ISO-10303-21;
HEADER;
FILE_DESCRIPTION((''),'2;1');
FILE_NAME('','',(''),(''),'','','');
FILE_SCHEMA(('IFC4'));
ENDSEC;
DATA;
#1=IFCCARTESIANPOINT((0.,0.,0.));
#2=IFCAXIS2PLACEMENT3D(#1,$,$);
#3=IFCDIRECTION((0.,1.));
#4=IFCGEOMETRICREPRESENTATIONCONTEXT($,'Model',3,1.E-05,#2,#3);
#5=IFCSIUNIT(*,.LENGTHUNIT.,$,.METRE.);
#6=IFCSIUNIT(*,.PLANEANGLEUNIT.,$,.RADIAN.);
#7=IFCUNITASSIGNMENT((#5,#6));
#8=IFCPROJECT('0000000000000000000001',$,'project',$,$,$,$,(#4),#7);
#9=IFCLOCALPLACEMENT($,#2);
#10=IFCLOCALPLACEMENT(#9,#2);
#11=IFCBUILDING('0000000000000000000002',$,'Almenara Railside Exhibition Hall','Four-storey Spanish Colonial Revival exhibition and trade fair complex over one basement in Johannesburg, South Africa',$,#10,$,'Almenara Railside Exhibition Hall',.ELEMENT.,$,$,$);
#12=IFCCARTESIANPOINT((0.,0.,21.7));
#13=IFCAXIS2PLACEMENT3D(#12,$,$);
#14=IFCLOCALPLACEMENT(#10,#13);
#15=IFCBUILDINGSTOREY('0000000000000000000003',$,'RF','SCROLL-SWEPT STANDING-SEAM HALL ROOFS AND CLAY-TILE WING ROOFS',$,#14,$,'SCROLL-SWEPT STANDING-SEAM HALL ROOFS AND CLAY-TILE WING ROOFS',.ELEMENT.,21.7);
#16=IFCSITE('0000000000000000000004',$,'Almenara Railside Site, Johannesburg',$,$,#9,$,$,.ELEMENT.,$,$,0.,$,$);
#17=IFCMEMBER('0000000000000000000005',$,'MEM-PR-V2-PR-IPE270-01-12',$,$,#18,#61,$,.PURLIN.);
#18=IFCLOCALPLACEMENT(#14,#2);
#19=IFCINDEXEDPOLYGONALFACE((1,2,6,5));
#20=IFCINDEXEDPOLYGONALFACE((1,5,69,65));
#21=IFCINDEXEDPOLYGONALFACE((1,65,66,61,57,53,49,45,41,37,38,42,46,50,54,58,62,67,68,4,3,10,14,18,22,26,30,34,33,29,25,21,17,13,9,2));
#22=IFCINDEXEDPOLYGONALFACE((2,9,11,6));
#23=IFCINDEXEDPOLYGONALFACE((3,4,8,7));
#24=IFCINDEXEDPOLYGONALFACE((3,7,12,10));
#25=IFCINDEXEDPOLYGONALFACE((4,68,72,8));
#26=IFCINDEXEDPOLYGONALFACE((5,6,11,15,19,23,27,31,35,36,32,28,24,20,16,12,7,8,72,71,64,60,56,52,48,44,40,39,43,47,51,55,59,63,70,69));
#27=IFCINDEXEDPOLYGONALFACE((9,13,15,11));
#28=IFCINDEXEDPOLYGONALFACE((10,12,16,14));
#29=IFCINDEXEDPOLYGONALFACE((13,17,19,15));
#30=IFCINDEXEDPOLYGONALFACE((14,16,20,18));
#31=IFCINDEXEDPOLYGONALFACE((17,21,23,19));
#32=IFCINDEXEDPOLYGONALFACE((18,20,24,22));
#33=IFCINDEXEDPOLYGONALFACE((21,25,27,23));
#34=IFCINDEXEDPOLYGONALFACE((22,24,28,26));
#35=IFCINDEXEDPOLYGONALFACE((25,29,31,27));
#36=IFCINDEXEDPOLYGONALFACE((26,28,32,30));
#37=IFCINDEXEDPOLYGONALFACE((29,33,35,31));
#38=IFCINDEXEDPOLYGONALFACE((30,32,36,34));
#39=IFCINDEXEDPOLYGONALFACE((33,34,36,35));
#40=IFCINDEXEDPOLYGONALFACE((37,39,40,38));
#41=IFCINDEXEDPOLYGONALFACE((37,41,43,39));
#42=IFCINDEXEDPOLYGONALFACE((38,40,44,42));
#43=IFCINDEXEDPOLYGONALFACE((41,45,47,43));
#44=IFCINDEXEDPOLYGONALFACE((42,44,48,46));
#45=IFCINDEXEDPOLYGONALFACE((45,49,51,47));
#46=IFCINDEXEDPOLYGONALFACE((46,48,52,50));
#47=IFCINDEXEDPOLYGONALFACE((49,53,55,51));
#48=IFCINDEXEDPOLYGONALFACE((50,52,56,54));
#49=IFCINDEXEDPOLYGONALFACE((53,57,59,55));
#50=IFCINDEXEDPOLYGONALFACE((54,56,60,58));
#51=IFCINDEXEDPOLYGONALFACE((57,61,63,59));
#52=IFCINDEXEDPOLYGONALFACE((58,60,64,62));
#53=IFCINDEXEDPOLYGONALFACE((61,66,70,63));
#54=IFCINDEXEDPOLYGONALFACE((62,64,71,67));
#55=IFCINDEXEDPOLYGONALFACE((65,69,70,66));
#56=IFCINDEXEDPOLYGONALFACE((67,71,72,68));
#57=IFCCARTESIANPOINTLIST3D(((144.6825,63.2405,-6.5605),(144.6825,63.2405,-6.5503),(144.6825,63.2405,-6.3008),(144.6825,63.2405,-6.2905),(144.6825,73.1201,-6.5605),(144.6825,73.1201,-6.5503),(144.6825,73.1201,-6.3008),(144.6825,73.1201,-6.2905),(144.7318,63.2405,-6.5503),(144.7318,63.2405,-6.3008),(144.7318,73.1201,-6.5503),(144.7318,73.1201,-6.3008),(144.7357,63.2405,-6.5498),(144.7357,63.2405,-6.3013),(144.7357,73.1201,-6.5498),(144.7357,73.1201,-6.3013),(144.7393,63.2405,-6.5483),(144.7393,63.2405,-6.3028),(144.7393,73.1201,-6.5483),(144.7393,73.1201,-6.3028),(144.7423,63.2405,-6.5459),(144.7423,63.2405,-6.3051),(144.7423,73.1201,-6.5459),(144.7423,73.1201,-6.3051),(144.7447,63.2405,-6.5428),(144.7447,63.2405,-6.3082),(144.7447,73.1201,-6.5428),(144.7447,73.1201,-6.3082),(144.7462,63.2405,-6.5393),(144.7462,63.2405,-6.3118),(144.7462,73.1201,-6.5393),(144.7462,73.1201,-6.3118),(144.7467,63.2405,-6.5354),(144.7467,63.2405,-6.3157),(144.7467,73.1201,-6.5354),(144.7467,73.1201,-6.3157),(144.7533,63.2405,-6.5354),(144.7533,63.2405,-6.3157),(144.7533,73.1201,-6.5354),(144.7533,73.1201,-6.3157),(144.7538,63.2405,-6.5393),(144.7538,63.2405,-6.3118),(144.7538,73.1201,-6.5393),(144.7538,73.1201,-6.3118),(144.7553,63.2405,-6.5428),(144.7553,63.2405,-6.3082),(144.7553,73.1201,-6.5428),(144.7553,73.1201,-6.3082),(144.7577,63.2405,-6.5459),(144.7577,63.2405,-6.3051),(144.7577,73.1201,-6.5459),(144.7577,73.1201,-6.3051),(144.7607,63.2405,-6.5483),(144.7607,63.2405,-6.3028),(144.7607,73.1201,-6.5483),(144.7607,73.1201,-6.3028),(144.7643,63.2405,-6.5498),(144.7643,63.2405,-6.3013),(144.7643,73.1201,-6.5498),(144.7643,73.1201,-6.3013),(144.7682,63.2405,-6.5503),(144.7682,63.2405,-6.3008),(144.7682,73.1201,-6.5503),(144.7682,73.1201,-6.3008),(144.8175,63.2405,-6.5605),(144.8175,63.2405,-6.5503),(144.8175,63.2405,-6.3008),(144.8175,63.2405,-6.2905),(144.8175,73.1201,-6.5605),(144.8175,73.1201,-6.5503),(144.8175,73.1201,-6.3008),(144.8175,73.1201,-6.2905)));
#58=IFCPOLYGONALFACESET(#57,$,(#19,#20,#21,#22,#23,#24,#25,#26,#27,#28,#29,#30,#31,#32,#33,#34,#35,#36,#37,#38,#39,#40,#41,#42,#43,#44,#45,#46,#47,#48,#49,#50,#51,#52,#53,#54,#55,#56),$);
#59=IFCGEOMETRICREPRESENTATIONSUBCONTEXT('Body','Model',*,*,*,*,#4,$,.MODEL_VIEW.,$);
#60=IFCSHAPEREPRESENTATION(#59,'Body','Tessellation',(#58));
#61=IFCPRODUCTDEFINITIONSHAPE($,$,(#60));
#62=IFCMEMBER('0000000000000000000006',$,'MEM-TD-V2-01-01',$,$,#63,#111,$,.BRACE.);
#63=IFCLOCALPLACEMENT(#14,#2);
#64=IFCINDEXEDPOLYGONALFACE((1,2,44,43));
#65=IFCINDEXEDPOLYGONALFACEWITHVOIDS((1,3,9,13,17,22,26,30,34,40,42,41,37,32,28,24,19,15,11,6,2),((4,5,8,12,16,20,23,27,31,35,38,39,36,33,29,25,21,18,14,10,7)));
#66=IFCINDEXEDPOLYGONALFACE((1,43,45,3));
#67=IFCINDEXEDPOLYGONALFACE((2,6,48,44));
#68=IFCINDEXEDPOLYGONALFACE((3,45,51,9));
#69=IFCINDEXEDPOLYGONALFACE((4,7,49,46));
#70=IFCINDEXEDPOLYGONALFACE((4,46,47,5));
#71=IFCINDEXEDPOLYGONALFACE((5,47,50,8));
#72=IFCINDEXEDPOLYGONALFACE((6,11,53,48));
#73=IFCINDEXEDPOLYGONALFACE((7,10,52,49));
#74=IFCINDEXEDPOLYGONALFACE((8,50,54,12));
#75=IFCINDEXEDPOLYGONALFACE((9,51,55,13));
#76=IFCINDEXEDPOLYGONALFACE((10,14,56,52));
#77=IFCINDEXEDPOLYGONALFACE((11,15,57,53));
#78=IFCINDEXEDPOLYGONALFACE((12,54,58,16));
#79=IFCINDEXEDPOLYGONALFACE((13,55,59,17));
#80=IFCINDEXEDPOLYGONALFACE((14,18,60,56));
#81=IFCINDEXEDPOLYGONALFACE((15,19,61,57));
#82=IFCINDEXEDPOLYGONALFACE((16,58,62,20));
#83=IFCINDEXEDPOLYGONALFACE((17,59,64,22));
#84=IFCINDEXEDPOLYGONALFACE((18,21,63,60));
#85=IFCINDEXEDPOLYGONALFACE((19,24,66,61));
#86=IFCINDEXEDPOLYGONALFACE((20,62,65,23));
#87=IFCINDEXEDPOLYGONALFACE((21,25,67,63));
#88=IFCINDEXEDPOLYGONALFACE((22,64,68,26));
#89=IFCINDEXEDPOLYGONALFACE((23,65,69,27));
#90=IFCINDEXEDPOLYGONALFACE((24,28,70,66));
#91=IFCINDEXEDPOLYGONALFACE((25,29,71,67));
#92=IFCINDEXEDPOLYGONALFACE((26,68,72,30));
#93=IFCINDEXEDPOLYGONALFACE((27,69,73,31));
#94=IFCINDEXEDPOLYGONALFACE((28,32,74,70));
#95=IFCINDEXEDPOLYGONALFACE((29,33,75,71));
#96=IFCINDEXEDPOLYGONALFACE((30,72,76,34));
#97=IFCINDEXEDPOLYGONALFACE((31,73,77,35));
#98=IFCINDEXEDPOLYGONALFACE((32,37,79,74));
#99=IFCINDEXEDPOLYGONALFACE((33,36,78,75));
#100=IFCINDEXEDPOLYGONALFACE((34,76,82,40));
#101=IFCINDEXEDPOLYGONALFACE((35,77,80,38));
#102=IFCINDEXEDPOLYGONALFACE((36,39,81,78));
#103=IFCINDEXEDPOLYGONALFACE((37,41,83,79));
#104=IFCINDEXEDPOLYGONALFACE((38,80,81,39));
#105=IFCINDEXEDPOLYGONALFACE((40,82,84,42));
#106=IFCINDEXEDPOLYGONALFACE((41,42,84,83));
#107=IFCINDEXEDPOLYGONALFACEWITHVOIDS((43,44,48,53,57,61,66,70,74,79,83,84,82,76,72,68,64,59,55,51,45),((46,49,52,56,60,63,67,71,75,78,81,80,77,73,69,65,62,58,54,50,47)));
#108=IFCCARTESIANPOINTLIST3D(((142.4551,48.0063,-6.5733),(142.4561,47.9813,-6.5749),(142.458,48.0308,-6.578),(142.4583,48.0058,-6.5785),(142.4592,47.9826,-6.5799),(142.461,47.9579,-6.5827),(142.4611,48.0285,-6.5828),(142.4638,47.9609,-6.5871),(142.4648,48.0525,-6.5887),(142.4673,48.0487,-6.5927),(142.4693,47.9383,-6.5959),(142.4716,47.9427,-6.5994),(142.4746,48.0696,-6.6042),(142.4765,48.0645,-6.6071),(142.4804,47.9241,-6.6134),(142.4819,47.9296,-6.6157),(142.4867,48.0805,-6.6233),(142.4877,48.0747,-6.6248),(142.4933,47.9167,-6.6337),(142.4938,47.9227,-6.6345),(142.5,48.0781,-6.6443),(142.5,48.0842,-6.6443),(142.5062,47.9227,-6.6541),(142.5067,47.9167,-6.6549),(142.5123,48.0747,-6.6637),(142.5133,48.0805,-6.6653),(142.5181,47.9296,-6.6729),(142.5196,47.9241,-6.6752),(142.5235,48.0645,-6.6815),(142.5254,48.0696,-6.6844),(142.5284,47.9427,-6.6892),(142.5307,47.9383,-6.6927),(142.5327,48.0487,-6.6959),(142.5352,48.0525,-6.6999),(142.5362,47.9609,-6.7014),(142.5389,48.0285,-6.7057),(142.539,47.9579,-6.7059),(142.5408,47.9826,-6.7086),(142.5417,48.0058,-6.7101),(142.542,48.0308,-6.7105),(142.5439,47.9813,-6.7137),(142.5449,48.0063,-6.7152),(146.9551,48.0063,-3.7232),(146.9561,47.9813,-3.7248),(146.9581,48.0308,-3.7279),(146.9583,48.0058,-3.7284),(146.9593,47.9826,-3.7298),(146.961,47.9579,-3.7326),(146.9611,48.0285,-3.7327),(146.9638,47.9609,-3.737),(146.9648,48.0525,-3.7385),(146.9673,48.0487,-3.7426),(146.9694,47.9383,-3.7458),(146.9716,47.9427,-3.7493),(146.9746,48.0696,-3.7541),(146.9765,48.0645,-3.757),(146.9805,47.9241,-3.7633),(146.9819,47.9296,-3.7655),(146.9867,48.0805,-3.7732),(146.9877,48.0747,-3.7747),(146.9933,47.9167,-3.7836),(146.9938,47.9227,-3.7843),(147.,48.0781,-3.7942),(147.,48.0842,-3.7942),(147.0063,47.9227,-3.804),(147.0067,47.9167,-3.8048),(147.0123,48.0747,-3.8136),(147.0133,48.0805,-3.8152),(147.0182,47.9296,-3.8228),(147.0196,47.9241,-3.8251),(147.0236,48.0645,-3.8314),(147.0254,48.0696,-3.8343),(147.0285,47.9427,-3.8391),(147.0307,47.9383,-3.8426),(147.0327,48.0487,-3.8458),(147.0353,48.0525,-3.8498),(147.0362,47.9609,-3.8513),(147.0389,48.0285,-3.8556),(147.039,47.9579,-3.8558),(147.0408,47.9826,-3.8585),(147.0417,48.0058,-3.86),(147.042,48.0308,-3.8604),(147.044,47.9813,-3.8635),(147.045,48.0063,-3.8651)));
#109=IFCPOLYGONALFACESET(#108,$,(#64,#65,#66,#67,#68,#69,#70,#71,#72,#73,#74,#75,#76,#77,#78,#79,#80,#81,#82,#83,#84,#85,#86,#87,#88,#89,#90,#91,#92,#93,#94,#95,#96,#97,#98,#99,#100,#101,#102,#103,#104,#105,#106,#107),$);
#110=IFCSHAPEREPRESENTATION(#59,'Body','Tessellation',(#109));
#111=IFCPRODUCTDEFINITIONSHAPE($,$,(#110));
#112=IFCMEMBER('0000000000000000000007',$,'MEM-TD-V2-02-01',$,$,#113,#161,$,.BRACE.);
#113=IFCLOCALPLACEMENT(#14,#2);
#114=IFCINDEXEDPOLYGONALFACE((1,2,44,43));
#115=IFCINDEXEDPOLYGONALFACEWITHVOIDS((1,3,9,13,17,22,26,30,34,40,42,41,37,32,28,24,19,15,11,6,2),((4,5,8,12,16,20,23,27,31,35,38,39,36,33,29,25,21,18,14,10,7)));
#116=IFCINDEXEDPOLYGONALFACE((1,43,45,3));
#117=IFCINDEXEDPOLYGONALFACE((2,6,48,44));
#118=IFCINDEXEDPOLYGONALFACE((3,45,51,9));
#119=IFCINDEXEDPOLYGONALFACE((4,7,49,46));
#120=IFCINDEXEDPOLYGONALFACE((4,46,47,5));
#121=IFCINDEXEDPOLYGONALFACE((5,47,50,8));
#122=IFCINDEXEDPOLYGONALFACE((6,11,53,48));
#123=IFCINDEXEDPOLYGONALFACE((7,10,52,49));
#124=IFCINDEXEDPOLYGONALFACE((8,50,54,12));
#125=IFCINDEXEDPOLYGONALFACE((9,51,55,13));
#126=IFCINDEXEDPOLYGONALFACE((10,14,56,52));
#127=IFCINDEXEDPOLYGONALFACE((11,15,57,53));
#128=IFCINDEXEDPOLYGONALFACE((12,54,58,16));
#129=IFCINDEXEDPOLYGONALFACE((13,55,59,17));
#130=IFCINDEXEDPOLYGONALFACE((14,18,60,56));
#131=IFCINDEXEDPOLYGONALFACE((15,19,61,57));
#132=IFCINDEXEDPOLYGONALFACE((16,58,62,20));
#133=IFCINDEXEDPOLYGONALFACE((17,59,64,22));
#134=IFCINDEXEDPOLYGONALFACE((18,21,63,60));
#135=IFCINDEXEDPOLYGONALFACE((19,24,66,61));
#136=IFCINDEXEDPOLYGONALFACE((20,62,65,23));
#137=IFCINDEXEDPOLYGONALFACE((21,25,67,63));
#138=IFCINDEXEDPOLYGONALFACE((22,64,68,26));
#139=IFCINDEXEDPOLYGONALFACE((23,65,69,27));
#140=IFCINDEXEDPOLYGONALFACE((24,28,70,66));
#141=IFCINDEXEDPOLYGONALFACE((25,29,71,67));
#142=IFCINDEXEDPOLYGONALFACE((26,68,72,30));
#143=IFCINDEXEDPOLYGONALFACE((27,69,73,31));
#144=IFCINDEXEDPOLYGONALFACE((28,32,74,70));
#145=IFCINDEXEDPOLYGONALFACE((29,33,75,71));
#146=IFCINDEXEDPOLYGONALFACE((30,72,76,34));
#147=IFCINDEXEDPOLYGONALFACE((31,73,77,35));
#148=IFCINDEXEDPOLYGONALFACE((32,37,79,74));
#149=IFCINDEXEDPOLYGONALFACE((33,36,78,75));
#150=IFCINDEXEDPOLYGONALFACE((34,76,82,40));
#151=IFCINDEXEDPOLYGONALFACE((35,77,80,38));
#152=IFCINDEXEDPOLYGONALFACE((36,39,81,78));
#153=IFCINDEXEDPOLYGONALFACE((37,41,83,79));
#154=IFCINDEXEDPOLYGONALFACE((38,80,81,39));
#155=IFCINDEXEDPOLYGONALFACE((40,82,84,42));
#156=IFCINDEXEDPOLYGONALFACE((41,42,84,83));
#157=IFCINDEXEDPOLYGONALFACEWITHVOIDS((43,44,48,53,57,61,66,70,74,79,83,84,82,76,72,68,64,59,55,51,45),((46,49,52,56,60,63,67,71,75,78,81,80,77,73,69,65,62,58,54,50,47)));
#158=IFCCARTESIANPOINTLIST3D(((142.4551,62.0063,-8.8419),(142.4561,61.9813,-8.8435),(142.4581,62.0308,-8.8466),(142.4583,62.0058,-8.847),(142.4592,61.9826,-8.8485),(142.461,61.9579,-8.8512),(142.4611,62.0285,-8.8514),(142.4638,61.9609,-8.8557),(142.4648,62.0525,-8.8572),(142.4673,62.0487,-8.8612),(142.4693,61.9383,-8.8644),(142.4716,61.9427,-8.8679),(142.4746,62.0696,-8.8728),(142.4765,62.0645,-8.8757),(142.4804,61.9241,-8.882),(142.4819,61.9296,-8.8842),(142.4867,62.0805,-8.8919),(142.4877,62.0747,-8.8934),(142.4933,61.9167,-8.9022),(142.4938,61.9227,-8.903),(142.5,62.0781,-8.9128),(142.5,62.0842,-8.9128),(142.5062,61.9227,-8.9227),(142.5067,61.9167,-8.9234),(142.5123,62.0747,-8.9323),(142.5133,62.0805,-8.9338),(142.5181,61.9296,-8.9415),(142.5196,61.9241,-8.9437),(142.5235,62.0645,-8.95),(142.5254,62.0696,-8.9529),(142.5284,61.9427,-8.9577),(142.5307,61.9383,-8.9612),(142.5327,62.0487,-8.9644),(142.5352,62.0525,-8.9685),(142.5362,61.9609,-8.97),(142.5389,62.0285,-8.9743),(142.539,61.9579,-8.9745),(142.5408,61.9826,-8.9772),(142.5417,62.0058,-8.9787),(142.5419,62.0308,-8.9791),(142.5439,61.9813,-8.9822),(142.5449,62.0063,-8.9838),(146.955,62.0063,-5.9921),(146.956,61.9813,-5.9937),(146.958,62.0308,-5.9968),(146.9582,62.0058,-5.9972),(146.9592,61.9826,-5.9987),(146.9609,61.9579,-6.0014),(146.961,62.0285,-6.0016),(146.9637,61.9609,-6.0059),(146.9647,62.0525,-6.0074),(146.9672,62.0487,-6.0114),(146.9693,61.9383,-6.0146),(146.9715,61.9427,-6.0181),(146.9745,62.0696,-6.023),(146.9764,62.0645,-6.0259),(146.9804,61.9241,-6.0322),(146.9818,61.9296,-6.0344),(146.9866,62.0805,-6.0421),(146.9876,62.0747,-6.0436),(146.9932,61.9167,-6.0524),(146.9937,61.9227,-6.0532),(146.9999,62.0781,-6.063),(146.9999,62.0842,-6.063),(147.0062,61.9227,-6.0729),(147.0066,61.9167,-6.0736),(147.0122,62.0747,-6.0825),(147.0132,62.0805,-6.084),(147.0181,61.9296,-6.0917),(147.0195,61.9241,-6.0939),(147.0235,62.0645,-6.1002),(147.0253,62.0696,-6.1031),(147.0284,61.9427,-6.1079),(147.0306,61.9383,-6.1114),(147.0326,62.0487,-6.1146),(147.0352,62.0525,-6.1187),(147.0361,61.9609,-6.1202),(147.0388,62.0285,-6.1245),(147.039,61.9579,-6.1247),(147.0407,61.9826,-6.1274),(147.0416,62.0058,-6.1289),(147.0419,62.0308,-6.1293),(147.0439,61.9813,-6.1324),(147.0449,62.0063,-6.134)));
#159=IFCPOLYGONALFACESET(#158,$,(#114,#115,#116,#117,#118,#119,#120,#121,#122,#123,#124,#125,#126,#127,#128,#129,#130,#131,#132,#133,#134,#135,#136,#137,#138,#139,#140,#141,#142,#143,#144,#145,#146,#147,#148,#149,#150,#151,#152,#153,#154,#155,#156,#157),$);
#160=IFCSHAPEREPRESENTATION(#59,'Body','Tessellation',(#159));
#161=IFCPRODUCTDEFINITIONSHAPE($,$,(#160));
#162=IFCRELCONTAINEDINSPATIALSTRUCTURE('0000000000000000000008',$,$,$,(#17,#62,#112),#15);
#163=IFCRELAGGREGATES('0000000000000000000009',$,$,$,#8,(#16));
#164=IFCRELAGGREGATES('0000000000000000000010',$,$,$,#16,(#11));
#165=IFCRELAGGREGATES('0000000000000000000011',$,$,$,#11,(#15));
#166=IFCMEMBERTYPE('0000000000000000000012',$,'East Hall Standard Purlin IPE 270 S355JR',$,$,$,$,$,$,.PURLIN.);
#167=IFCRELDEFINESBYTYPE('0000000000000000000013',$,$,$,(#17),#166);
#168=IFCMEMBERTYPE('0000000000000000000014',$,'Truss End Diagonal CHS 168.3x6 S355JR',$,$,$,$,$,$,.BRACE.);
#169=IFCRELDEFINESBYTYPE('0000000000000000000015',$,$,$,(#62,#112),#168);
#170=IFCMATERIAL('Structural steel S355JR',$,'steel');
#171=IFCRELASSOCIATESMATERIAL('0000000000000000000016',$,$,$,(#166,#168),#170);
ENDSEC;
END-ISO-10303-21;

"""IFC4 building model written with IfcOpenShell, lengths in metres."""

from ifc_helpers import new_model, si_unit, direction, frame, origin, origin_2d, place, context, subcontext, project, spatial, hollow_circle, i_section, extrude, material, material_profile, profile_set, type_object, element, save


model = new_model("IFC4")

# Units and contexts
model_context = context("Model", 3, precision=1e-05, world=origin(), true_north=direction((0.0, 1.0)))
body_context = subcontext(model_context, "Body", "Model", "MODEL_VIEW")
ifc_project = project(units=[si_unit("LENGTHUNIT", "METRE"), si_unit("PLANEANGLEUNIT", "RADIAN")], contexts=[model_context])

# Site, building, storey
site_placement = place(None, origin())
site = spatial("IfcSite", under=ifc_project, at=site_placement, Name="Almenara Railside Site, Johannesburg", CompositionType="ELEMENT", RefElevation=0.0)
building_placement = place(site_placement, origin())
building = spatial("IfcBuilding", under=site, at=building_placement, Name="Almenara Railside Exhibition Hall", Description="Four-storey Spanish Colonial Revival exhibition and trade fair complex over one basement in Johannesburg, South Africa", LongName="Almenara Railside Exhibition Hall", CompositionType="ELEMENT")
storey_placement = place(building_placement, frame((0.0, 0.0, 21.7)))
storey = spatial("IfcBuildingStorey", under=building, at=storey_placement, Name="RF", Description="SCROLL-SWEPT STANDING-SEAM HALL ROOFS AND CLAY-TILE WING ROOFS", LongName="SCROLL-SWEPT STANDING-SEAM HALL ROOFS AND CLAY-TILE WING ROOFS", CompositionType="ELEMENT", Elevation=21.7)

# Members
ifc_material = material(Name="Structural steel S355JR", Category="steel")
ifc_material_profile_1 = material_profile(ifc_material, i_section(OverallWidth=0.135, OverallDepth=0.27, WebThickness=0.0066, FlangeThickness=0.0103, FilletRadius=0.0149, at=origin_2d()), Name="IPE 270")
ifc_profile_set_1 = profile_set([ifc_material_profile_1], Name="Structural steel S355JR")
member_type_1 = type_object("IfcMemberType", Name="East Hall Standard Purlin IPE 270 S355JR", PredefinedType="PURLIN", material=ifc_profile_set_1)
member_1_placement = place(storey_placement, frame((144.75, 63.2405, -6.4255), z_axis=(0.0, 1.0, 0.0), x_axis=(-1.0, 0.0, 0.0)))
element("IfcMember", 1, at=member_1_placement, inside=storey, type_object=member_type_1, Name="MEM-PR-V2-PR-IPE270-01-12", PredefinedType="PURLIN", context=body_context, shape_type="SweptSolid", body=[
    extrude(i_section(OverallWidth=0.135, OverallDepth=0.27, WebThickness=0.0066, FlangeThickness=0.0103, FilletRadius=0.0149, at=origin_2d()), origin(), (0.0, 0.0, 1.0), 9.8796),
])
ifc_material_profile_2 = material_profile(ifc_material, hollow_circle(Radius=0.0842, WallThickness=0.0061, at=origin_2d()), Name="CHS 168.3x6")
ifc_profile_set_2 = profile_set([ifc_material_profile_2], Name="Structural steel S355JR")
member_type_2 = type_object("IfcMemberType", Name="Truss End Diagonal CHS 168.3x6 S355JR", PredefinedType="BRACE", material=ifc_profile_set_2)
member_2_placement = place(storey_placement, frame((142.5, 48.0, -6.6443), z_axis=(0.844811, 0.0, 0.535065), x_axis=(0.0, 1.0, 0.0)))
element("IfcMember", 2, at=member_2_placement, inside=storey, type_object=member_type_2, Name="MEM-TD-V2-01-01", PredefinedType="BRACE", context=body_context, shape_type="SweptSolid", body=[
    extrude(hollow_circle(Radius=0.0842, WallThickness=0.0061, at=origin_2d()), origin(), (0.0, 0.0, 1.0), 5.3267),
])
member_3_placement = place(storey_placement, frame((142.5, 62.0, -8.9128), z_axis=(0.844832, 0.0, 0.535032), x_axis=(0.0, 1.0, 0.0)))
element("IfcMember", 3, at=member_3_placement, inside=storey, type_object=member_type_2, Name="MEM-TD-V2-02-01", PredefinedType="BRACE", context=body_context, shape_type="SweptSolid", body=[
    extrude(hollow_circle(Radius=0.0842, WallThickness=0.0061, at=origin_2d()), origin(), (0.0, 0.0, 1.0), 5.3264),
])

save(model, "model.ifc")
